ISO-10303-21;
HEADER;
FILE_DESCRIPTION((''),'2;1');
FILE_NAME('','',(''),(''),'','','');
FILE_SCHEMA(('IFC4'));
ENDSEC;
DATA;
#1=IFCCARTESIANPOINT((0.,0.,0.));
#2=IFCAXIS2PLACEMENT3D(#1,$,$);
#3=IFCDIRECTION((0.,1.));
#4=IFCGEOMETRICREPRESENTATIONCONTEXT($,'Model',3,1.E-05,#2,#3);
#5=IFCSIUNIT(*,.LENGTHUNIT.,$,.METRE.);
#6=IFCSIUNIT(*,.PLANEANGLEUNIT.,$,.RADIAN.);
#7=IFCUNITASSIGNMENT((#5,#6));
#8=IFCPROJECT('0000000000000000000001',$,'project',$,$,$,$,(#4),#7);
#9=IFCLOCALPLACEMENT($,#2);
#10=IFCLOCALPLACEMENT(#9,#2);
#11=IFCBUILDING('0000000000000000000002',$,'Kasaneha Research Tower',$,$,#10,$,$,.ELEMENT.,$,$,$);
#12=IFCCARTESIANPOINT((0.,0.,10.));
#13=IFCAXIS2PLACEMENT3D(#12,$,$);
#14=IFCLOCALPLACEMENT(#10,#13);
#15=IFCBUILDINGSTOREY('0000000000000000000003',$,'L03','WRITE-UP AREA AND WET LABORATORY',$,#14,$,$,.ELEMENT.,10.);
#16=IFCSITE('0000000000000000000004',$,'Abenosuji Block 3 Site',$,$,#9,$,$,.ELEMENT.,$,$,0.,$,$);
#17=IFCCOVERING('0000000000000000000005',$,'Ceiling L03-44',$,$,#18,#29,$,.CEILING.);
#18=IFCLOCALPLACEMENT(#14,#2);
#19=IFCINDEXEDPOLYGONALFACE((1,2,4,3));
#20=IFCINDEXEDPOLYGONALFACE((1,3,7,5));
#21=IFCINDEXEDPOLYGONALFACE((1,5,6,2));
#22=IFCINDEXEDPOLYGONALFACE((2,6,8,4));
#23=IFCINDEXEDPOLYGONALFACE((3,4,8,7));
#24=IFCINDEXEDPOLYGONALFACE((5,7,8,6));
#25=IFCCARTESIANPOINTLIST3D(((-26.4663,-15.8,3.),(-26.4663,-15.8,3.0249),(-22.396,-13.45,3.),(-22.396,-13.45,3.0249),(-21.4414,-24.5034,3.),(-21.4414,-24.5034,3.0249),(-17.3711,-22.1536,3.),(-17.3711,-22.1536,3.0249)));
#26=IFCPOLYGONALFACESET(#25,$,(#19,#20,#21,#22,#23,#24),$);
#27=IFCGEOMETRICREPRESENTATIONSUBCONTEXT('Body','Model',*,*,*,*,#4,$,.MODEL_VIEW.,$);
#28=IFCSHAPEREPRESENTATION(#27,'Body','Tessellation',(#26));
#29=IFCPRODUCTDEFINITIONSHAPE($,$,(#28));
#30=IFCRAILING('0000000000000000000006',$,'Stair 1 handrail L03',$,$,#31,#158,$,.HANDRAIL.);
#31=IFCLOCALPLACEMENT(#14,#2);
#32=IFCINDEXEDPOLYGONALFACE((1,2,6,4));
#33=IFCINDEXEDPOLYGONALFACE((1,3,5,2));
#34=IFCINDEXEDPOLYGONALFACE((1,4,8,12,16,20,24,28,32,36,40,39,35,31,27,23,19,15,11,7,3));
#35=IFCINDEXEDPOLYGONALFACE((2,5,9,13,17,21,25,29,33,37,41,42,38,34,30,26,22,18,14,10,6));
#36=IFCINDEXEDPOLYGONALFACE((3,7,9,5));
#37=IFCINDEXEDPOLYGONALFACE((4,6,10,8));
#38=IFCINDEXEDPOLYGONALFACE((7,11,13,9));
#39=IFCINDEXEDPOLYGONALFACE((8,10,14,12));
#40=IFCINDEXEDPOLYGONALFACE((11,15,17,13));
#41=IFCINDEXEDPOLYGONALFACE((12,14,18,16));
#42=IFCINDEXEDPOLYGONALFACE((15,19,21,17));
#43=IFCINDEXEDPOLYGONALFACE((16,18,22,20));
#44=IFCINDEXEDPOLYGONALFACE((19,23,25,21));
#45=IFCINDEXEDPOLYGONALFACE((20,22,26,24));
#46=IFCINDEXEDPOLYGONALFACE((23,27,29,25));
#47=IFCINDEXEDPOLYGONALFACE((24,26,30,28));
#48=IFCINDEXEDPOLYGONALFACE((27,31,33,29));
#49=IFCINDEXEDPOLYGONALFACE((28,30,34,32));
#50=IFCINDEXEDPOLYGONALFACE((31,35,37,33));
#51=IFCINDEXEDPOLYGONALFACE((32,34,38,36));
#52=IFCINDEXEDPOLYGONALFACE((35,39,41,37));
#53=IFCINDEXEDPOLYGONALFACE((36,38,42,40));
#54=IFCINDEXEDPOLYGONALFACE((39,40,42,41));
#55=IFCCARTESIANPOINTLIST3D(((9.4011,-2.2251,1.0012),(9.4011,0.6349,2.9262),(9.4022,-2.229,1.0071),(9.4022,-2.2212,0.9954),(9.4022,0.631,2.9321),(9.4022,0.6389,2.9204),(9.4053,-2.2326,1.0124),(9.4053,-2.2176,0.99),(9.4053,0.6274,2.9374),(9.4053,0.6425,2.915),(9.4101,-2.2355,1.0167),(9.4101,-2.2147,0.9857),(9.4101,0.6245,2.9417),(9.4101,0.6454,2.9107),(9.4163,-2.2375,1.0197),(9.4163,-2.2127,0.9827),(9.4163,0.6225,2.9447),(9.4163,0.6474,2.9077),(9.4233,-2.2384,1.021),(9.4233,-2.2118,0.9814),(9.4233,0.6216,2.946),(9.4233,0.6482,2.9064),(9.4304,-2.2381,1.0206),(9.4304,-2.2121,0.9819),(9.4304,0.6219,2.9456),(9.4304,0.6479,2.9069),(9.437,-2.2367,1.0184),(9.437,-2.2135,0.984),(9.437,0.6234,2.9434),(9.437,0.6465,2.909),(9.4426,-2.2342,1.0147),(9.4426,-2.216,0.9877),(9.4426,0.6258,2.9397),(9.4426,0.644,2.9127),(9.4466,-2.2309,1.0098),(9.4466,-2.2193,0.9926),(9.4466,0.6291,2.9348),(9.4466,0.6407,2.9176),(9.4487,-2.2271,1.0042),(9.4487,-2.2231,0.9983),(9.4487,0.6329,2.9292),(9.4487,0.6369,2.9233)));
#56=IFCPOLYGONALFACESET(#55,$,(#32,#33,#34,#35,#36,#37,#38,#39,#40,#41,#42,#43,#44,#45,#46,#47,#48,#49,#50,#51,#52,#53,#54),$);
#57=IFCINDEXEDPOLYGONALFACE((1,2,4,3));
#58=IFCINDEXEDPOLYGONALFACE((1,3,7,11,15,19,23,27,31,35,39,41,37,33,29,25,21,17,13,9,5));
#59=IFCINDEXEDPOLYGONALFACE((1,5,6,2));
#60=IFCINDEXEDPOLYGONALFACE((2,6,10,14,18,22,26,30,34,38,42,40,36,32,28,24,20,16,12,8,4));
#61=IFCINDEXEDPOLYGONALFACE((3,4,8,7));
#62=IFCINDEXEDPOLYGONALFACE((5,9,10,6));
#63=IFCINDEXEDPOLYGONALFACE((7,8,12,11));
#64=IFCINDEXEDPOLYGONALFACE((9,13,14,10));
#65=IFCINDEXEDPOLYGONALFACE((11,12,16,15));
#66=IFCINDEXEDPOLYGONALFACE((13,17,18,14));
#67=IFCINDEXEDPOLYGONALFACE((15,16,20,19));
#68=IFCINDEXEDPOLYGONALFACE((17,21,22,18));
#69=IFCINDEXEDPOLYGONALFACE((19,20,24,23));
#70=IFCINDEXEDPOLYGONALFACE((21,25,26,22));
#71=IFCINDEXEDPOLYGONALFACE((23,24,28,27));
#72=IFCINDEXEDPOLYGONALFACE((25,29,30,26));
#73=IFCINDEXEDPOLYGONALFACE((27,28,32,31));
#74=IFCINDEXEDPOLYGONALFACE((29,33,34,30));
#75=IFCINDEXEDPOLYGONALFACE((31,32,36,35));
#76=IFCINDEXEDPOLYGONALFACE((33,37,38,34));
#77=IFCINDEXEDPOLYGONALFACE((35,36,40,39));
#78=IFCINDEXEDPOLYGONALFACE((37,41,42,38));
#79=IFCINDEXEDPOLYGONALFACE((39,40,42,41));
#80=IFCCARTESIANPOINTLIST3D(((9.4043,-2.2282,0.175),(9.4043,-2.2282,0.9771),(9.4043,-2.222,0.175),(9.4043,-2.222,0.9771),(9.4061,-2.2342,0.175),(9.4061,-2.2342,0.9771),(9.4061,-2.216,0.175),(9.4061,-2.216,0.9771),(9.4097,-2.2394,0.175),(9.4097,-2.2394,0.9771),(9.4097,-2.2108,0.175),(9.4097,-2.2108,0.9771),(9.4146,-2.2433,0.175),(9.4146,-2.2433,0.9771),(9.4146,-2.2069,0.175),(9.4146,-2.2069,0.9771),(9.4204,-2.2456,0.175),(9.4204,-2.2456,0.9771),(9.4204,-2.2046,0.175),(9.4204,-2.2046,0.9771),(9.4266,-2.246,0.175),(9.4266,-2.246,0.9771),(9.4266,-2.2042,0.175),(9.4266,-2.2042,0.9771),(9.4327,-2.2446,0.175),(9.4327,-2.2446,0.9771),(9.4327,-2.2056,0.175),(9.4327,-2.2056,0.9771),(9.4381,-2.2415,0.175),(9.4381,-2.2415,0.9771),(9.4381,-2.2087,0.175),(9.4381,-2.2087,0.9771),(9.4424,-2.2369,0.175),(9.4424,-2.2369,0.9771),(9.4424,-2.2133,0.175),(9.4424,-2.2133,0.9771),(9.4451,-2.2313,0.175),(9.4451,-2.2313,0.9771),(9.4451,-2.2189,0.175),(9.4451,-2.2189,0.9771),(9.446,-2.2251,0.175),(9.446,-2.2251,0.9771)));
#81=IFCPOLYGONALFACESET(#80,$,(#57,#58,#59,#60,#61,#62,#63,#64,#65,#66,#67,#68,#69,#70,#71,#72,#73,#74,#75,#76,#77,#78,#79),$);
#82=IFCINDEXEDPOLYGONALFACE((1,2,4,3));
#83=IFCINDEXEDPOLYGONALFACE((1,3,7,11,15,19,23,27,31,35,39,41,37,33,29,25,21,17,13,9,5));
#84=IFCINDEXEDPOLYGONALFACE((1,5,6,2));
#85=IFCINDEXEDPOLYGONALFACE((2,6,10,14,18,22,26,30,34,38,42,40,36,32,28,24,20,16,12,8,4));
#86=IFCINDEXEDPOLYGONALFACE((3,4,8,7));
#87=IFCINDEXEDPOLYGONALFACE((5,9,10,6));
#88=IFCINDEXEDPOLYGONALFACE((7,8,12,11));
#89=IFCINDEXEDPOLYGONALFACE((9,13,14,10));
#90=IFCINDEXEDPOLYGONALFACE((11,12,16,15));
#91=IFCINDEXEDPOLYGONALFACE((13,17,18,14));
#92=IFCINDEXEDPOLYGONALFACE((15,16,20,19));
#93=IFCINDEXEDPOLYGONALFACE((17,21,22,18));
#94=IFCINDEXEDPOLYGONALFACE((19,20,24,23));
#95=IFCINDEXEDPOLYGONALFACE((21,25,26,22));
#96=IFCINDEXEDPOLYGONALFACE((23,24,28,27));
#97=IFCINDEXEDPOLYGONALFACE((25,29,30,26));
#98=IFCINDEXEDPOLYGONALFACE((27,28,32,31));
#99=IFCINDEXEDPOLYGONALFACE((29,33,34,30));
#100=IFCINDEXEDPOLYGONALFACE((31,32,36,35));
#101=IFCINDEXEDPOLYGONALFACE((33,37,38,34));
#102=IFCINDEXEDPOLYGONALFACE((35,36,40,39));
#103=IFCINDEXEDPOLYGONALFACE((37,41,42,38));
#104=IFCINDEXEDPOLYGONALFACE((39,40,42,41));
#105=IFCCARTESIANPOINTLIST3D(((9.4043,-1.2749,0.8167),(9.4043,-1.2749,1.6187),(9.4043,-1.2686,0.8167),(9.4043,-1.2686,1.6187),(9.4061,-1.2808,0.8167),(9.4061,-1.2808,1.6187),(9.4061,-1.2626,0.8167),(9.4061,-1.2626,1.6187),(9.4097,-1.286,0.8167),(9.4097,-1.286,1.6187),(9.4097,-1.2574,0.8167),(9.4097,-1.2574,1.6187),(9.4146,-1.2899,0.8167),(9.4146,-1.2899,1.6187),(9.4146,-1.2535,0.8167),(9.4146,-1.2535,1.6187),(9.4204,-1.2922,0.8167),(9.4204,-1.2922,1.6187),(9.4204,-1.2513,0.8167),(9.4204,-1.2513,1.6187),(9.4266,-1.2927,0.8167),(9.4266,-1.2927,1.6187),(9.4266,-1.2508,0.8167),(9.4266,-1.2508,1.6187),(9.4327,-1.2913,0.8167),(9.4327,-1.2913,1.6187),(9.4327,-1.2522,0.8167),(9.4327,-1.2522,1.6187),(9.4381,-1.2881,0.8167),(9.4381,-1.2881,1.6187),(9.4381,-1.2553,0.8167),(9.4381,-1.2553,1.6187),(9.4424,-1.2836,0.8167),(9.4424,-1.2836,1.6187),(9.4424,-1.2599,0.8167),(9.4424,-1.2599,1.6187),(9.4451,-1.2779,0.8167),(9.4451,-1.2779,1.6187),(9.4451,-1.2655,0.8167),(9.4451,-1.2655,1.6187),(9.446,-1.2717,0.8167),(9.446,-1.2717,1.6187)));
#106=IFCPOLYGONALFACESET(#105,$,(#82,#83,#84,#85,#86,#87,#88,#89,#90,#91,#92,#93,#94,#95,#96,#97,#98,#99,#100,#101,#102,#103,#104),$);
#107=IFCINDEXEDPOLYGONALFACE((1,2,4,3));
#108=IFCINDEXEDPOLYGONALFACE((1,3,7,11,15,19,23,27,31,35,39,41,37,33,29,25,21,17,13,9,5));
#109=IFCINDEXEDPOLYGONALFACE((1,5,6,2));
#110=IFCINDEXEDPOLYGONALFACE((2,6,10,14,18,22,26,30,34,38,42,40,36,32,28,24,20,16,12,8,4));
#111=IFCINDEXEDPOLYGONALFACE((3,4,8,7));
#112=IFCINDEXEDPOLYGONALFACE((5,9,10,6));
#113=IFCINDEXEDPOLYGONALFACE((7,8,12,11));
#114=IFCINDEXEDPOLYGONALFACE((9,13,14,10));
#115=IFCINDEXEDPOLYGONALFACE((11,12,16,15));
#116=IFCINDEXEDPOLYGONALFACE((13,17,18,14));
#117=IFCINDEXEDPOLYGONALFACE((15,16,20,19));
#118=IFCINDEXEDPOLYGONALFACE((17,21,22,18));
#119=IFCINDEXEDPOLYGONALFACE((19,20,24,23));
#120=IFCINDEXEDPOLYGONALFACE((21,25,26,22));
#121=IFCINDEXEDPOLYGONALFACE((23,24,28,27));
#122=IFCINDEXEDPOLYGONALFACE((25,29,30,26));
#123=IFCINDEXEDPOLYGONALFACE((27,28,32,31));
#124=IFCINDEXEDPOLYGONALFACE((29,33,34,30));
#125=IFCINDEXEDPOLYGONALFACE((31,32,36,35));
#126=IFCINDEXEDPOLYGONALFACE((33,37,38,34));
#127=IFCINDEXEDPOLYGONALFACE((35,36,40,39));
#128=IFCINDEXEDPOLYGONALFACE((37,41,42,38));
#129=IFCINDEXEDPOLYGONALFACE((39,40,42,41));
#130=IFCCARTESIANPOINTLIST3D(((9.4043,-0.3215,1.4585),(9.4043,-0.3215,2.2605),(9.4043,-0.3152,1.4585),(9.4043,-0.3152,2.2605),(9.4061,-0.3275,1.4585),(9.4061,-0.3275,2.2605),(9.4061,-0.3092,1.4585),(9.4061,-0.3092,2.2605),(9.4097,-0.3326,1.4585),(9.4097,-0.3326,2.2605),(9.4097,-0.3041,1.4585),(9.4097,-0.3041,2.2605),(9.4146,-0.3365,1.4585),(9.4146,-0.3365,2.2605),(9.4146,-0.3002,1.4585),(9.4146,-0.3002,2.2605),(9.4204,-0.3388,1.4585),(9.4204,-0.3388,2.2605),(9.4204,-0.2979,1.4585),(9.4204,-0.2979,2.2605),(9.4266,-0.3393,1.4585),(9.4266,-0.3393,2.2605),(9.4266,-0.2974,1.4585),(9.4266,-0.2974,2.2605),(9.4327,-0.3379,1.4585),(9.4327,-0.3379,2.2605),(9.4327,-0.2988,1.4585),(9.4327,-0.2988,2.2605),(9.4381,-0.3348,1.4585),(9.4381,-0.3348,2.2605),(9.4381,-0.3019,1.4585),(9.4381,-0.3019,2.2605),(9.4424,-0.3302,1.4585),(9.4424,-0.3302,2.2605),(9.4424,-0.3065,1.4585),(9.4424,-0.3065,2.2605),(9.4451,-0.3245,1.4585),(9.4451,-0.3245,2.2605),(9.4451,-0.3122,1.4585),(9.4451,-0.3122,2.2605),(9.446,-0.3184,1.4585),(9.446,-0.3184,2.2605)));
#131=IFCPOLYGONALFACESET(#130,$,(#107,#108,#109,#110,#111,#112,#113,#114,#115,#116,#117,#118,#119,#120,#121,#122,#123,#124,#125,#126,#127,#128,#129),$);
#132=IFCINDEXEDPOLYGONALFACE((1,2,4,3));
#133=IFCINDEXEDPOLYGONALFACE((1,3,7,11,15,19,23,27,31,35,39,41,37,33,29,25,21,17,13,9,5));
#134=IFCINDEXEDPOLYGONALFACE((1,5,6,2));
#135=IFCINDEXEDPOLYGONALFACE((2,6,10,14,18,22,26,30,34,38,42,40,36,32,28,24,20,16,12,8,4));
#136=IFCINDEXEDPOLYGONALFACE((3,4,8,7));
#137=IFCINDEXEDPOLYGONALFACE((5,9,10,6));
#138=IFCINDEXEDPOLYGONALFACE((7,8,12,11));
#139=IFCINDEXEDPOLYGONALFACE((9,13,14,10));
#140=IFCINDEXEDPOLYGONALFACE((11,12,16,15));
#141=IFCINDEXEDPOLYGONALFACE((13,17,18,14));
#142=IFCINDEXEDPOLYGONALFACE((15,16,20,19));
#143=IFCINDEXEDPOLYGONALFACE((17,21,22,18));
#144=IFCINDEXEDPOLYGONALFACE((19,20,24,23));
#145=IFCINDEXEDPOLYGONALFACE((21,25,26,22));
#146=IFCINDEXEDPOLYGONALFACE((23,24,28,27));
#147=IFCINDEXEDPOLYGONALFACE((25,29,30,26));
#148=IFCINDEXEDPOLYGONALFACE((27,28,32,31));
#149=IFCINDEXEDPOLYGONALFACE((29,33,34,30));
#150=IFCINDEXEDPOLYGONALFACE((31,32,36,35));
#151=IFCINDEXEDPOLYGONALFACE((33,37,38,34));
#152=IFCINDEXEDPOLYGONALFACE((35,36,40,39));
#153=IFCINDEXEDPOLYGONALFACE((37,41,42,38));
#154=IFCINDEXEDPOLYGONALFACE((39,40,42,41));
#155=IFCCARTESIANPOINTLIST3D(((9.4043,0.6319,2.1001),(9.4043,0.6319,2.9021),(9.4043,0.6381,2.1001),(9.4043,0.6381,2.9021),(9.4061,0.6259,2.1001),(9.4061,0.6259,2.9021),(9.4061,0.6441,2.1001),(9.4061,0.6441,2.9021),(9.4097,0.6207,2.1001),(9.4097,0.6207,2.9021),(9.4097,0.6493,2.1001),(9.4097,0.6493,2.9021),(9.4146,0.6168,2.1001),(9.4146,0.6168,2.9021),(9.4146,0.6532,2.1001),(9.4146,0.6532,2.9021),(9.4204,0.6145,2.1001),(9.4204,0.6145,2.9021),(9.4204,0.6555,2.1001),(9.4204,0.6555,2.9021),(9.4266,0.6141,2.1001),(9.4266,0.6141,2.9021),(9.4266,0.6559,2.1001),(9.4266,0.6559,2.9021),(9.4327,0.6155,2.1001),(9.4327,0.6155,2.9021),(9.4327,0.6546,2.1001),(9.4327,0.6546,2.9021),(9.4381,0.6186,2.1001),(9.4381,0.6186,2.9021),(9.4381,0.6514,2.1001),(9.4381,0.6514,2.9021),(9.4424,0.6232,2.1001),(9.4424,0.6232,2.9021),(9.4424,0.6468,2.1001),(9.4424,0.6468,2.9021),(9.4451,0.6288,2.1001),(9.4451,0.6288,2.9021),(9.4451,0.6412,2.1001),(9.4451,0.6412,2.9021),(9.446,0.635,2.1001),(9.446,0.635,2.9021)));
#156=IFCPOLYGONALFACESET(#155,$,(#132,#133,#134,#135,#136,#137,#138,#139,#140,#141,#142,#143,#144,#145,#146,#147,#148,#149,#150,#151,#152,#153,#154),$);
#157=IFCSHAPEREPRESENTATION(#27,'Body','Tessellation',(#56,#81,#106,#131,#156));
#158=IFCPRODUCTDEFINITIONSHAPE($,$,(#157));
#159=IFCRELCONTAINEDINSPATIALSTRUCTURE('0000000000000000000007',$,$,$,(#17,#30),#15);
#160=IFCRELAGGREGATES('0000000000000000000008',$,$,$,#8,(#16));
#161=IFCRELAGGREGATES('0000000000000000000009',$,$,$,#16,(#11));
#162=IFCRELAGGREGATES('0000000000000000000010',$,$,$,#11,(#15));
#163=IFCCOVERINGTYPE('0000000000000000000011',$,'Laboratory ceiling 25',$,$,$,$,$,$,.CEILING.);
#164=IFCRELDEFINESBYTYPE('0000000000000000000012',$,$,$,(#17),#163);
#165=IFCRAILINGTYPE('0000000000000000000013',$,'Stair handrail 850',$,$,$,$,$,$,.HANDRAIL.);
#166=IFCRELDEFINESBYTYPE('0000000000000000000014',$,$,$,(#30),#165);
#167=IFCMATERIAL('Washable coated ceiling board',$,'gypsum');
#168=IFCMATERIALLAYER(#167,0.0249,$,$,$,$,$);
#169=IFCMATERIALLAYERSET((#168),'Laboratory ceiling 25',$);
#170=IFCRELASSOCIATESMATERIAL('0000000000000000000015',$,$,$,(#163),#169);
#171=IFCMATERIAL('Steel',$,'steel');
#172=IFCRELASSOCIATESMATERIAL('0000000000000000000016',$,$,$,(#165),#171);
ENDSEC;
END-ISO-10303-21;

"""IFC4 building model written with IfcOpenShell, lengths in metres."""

from ifc_helpers import new_model, si_unit, direction, frame, origin, origin_2d, place, context, subcontext, project, spatial, polyline, circle, outline, extrude, material, layer, layer_set, type_object, element, save


model = new_model("IFC4")

# Units and contexts
model_context = context("Model", 3, precision=1e-05, world=origin(), true_north=direction((0.0, 1.0)))
body_context = subcontext(model_context, "Body", "Model", "MODEL_VIEW")
ifc_project = project(units=[si_unit("LENGTHUNIT", "METRE"), si_unit("PLANEANGLEUNIT", "RADIAN")], contexts=[model_context])

# Site, building, storey
site_placement = place(None, origin())
site = spatial("IfcSite", under=ifc_project, at=site_placement, Name="Abenosuji Block 3 Site", CompositionType="ELEMENT", RefElevation=0.0)
building_placement = place(site_placement, origin())
building = spatial("IfcBuilding", under=site, at=building_placement, Name="Kasaneha Research Tower", CompositionType="ELEMENT")
storey_placement = place(building_placement, frame((0.0, 0.0, 10.0)))
storey = spatial("IfcBuildingStorey", under=building, at=storey_placement, Name="L03", Description="WRITE-UP AREA AND WET LABORATORY", CompositionType="ELEMENT", Elevation=10.0)

# Covering
ifc_material_1 = material(Name="Washable coated ceiling board", Category="gypsum")
ifc_layer_1 = layer(ifc_material_1, 0.0249)
ifc_layer_set_1 = layer_set([ifc_layer_1], Name="Laboratory ceiling 25")
covering_type = type_object("IfcCoveringType", Name="Laboratory ceiling 25", PredefinedType="CEILING", material=ifc_layer_set_1)
covering_1_placement = place(storey_placement, frame((0.0, 0.0, 3.0)))
element("IfcCovering", 1, at=covering_1_placement, inside=storey, type_object=covering_type, Name="Ceiling L03-44", PredefinedType="CEILING", context=body_context, shape_type="SweptSolid", body=[
    extrude(outline(polyline([(-21.4414, -24.5034), (-26.4663, -15.8), (-22.396, -13.45), (-17.3711, -22.1536), (-21.4414, -24.5034)])), origin(), (0.0, 0.0, 1.0), 0.0249),
])

# Railing
ifc_material_2 = material(Name="Steel", Category="steel")
railing_type = type_object("IfcRailingType", Name="Stair handrail 850", PredefinedType="HANDRAIL", material=ifc_material_2)
railing_placement = place(storey_placement, frame((9.425, -2.2251, 0.175)))
element("IfcRailing", 2, at=railing_placement, inside=storey, type_object=railing_type, Name="Stair 1 handrail L03", PredefinedType="HANDRAIL", context=body_context, shape_type="SweptSolid", body=[
    extrude(circle(Radius=0.0239, at=origin_2d()), frame((0.0, 0.0, 0.8262), z_axis=(0.0, 0.829591, 0.558372), x_axis=(-1.0, 0.0, 0.0)), (0.0, 0.0, 1.0), 3.4475),
    extrude(circle(Radius=0.021, at=origin_2d()), origin(), (0.0, 0.0, 1.0), 0.802),
    extrude(circle(Radius=0.021, at=origin_2d()), frame((0.0, 0.9534, 0.6416)), (0.0, 0.0, 1.0), 0.802),
    extrude(circle(Radius=0.021, at=origin_2d()), frame((0.0, 1.9067, 1.2834)), (0.0, 0.0, 1.0), 0.802),
    extrude(circle(Radius=0.021, at=origin_2d()), frame((0.0, 2.8601, 1.925)), (0.0, 0.0, 1.0), 0.802),
])

save(model, "model.ifc")
